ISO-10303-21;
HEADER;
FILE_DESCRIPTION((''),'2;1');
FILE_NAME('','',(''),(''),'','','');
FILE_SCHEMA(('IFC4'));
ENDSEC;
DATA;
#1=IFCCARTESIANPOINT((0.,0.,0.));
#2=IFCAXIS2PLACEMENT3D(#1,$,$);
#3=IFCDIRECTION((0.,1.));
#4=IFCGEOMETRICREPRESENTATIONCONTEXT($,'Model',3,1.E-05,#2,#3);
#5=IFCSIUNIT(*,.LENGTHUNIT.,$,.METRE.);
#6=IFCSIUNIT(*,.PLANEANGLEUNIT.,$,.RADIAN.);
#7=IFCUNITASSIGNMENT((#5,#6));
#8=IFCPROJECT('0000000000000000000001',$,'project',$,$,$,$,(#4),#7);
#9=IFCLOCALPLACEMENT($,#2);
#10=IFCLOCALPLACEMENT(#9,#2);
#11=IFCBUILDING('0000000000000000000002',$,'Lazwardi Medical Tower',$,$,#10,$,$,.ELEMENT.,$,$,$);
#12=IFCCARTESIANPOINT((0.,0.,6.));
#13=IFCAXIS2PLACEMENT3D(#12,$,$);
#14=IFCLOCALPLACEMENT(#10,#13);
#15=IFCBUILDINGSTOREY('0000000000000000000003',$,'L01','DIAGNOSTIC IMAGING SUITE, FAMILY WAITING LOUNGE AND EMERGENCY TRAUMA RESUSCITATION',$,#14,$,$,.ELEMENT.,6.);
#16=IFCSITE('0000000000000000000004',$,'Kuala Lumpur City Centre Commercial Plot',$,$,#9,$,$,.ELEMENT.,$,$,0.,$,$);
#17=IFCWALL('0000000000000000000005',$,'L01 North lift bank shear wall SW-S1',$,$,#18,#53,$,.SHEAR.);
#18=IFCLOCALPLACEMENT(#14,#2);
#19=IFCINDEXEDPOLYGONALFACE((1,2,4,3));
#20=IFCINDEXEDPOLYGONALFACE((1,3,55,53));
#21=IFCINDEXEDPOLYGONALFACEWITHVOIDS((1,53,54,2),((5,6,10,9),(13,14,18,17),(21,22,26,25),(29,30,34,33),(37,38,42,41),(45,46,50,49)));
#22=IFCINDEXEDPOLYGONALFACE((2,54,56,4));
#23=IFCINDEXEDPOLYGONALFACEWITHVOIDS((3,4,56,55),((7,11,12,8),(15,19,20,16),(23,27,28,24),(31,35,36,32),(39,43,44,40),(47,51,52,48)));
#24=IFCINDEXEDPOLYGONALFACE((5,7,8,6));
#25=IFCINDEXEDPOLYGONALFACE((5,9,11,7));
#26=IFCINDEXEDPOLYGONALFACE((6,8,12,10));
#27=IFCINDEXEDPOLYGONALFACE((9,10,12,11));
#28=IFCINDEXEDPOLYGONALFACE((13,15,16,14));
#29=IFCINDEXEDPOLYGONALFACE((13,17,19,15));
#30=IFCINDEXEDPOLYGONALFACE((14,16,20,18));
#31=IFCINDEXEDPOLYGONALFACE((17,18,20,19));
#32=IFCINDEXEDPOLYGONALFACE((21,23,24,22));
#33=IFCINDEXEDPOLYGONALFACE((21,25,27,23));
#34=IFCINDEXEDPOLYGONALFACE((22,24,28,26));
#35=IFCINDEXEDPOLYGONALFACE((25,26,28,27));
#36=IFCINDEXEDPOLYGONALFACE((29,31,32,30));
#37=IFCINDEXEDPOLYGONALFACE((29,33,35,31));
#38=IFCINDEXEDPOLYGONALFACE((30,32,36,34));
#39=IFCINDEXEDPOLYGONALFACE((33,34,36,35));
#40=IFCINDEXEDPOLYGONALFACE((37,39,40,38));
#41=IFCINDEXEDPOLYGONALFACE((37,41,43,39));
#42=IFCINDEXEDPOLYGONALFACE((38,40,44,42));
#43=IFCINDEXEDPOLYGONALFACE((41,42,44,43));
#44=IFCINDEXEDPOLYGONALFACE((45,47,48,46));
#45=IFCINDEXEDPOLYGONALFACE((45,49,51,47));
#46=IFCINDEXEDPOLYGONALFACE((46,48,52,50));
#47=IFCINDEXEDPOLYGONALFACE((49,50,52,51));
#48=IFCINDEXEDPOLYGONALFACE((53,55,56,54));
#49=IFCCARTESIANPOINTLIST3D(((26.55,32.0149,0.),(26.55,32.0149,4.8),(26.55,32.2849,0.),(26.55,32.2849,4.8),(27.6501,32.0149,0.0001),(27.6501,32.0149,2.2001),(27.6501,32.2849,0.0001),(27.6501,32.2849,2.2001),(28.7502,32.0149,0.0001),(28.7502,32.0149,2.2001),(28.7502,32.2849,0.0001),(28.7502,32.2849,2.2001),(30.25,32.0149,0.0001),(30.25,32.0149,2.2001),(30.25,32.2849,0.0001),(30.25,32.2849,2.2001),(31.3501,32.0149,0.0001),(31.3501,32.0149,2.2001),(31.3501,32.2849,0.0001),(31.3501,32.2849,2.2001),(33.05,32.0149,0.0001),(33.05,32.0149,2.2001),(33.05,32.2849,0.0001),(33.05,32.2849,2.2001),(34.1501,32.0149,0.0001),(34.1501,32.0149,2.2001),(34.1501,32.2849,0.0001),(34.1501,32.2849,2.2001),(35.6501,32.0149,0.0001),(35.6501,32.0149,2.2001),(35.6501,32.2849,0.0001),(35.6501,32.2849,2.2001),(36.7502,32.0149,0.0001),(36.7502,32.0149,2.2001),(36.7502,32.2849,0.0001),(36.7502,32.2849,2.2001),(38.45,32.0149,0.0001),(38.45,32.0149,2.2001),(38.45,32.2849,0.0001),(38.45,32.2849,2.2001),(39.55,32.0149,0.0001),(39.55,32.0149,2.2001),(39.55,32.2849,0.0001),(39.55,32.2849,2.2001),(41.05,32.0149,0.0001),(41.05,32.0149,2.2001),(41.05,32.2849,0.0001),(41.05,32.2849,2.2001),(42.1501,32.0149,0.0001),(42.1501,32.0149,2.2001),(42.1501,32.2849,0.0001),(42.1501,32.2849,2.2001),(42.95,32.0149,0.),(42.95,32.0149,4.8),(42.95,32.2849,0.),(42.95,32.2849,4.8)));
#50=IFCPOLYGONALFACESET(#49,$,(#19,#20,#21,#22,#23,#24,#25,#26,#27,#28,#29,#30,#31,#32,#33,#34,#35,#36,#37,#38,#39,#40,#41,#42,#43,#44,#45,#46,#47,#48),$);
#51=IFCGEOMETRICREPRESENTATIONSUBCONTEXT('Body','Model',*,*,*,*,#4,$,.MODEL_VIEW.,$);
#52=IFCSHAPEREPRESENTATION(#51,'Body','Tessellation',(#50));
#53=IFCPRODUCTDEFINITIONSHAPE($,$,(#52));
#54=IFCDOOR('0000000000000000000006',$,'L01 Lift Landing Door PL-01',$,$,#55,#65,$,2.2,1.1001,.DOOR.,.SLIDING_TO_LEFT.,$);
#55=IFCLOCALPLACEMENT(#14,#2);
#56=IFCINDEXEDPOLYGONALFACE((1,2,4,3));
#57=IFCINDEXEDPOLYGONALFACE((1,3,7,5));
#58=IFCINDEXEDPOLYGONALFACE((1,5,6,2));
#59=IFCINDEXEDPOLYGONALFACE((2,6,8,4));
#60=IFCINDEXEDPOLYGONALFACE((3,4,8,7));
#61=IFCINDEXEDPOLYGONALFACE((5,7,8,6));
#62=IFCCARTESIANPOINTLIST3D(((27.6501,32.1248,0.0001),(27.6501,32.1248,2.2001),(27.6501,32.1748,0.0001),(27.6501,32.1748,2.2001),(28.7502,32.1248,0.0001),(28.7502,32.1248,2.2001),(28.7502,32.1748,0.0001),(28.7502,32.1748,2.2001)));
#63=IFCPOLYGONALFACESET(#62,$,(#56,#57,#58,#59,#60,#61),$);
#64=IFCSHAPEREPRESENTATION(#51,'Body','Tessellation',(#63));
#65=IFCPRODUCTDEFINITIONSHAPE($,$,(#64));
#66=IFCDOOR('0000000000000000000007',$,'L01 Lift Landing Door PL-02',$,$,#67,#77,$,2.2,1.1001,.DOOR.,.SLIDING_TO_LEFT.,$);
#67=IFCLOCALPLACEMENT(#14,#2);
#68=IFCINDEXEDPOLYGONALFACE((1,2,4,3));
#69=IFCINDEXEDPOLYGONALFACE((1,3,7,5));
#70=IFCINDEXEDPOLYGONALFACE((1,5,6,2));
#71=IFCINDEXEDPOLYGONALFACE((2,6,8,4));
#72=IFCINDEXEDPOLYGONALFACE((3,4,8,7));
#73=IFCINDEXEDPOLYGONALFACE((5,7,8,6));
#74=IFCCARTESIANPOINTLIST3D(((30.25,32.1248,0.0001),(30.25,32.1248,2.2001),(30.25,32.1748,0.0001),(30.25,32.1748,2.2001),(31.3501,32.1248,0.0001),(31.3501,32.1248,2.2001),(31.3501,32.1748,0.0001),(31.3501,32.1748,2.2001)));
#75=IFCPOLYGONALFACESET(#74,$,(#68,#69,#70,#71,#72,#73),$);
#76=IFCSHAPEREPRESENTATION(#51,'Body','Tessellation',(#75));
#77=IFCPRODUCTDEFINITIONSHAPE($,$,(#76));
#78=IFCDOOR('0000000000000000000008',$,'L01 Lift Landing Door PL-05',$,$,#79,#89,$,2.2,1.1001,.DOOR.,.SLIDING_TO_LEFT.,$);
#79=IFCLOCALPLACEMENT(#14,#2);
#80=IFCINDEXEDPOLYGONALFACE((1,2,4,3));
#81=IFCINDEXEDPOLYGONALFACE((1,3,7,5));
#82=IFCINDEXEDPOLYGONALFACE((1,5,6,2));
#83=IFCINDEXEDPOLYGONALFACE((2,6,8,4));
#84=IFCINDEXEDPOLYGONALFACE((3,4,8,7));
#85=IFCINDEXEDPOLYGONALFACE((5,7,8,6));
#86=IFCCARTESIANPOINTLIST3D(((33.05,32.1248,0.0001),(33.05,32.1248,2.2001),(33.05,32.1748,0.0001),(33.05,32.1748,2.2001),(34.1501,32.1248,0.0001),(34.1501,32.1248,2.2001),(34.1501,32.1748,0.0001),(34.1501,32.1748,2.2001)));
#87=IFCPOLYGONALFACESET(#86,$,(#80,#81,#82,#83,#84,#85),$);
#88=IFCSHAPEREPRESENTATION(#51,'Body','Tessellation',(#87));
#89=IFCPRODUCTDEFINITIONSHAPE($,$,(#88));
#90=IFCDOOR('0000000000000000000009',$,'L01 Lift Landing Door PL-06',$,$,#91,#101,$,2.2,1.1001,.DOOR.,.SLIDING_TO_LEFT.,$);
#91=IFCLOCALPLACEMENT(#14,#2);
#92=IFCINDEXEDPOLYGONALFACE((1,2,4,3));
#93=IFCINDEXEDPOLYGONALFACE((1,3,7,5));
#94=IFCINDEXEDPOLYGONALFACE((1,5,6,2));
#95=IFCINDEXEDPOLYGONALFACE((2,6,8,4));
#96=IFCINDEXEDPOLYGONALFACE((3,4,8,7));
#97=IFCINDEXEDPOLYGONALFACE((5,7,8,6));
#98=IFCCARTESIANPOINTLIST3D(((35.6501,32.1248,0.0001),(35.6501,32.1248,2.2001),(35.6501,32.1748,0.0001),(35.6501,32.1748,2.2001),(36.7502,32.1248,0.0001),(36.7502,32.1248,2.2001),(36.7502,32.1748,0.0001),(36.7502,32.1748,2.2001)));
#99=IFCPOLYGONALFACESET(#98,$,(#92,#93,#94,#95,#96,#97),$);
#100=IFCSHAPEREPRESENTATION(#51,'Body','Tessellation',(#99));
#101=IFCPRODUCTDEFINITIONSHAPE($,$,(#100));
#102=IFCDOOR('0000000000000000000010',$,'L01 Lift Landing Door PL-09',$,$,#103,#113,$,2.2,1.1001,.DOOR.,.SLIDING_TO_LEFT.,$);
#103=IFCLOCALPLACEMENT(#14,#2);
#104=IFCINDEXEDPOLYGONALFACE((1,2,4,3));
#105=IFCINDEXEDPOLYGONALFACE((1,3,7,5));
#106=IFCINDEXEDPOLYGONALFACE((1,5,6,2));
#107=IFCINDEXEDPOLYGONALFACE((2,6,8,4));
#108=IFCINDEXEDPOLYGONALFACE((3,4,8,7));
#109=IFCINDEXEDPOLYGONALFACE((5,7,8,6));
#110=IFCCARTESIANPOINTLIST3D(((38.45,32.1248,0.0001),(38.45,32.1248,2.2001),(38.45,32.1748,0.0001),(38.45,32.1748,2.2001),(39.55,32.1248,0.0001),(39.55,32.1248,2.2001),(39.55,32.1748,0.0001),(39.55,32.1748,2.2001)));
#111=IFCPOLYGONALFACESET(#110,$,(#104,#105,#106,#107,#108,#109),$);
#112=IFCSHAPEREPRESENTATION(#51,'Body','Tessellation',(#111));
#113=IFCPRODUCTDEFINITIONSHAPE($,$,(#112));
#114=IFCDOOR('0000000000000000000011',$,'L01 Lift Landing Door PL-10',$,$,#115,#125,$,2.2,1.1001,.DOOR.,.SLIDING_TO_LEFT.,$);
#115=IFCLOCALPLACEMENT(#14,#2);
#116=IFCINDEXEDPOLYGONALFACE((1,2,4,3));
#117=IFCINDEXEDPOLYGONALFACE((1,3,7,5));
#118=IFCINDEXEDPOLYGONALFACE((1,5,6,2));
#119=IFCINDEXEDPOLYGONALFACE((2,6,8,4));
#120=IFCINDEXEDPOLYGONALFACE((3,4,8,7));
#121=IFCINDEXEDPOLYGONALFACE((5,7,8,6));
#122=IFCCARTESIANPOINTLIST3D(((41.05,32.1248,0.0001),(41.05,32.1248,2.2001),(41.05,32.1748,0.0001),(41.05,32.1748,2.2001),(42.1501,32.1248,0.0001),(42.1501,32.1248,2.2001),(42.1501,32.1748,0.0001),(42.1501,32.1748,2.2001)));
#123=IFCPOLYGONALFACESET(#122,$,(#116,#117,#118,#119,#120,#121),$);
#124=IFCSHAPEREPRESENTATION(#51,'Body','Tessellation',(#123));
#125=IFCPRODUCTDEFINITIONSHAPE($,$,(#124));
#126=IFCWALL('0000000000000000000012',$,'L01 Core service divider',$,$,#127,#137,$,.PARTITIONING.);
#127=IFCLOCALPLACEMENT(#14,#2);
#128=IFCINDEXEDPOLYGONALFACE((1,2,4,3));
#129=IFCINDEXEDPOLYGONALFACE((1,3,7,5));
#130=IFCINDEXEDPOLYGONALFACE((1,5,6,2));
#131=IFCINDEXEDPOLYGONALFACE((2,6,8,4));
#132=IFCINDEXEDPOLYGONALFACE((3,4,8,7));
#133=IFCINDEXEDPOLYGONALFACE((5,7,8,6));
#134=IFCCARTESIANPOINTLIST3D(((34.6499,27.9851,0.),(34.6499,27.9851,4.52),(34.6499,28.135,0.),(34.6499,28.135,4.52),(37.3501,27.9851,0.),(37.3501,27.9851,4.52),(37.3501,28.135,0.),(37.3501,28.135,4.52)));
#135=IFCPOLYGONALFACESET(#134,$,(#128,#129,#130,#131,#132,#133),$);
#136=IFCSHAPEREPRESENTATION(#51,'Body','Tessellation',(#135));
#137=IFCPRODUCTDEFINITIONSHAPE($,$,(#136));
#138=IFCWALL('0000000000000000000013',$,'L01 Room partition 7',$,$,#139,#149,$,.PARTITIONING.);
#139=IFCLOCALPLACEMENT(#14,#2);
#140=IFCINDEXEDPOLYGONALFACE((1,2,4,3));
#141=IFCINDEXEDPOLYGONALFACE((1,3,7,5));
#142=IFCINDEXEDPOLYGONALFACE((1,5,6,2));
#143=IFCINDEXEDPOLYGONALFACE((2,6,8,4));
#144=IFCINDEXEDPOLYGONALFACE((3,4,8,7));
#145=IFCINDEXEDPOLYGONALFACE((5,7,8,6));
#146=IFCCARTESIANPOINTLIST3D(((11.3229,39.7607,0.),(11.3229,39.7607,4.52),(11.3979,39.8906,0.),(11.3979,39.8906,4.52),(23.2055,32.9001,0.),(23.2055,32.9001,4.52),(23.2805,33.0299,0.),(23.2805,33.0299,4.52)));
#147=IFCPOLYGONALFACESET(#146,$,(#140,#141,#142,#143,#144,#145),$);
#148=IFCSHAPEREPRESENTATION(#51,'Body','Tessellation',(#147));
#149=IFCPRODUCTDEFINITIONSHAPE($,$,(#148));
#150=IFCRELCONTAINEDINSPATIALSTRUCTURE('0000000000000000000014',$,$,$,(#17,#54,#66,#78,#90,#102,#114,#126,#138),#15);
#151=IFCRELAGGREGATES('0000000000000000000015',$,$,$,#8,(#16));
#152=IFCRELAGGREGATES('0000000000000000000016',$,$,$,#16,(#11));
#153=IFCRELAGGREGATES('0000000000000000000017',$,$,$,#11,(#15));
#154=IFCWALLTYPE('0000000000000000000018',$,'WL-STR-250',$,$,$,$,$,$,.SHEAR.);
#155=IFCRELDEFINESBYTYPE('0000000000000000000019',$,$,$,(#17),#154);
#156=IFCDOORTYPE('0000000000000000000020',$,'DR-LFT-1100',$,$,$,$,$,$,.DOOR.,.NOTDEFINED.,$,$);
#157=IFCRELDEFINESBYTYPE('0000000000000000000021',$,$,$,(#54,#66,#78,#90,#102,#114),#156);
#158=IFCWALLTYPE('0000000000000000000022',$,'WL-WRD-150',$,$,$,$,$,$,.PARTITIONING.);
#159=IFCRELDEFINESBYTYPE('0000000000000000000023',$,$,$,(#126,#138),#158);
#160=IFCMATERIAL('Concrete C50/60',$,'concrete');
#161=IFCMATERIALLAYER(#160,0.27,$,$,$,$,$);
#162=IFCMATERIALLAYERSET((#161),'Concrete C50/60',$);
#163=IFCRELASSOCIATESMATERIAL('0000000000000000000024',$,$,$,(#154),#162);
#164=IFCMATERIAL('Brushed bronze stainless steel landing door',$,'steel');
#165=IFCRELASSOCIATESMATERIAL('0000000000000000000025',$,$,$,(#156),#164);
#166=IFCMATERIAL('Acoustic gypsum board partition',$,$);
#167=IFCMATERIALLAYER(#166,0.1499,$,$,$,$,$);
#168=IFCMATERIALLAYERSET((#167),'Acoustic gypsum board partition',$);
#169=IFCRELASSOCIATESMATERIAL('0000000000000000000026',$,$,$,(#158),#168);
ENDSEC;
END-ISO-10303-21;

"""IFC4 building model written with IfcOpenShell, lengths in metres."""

from ifc_helpers import new_model, si_unit, direction, frame, frame_2d, origin, place, context, subcontext, project, spatial, rectangle, extrude, material, layer, layer_set, type_object, element, fill, save


model = new_model("IFC4")

# Units and contexts
model_context = context("Model", 3, precision=1e-05, world=origin(), true_north=direction((0.0, 1.0)))
body_context = subcontext(model_context, "Body", "Model", "MODEL_VIEW")
ifc_project = project(units=[si_unit("LENGTHUNIT", "METRE"), si_unit("PLANEANGLEUNIT", "RADIAN")], contexts=[model_context])

# Site, building, storey
site_placement = place(None, origin())
site = spatial("IfcSite", under=ifc_project, at=site_placement, Name="Kuala Lumpur City Centre Commercial Plot", CompositionType="ELEMENT", RefElevation=0.0)
building_placement = place(site_placement, origin())
building = spatial("IfcBuilding", under=site, at=building_placement, Name="Lazwardi Medical Tower", CompositionType="ELEMENT")
storey_placement = place(building_placement, frame((0.0, 0.0, 6.0)))
storey = spatial("IfcBuildingStorey", under=building, at=storey_placement, Name="L01", Description="DIAGNOSTIC IMAGING SUITE, FAMILY WAITING LOUNGE AND EMERGENCY TRAUMA RESUSCITATION", CompositionType="ELEMENT", Elevation=6.0)

# Shared definitions
ifc_material_1 = material(Name="Concrete C50/60", Category="concrete")
ifc_layer_1 = layer(ifc_material_1, 0.27)
ifc_layer_set_1 = layer_set([ifc_layer_1], Name="Concrete C50/60")
wall_type_1 = type_object("IfcWallType", Name="WL-STR-250", PredefinedType="SHEAR", material=ifc_layer_set_1)

# Wall, openings, doors
wall_1_placement = place(storey_placement, frame((26.55, 32.1499, 0.0), z_axis=(0.0, 0.0, 1.0), x_axis=(1.0, 0.0, 0.0)))
wall_1 = element("IfcWall", 1, at=wall_1_placement, inside=storey, type_object=wall_type_1, Name="L01 North lift bank shear wall SW-S1", PredefinedType="SHEAR", context=body_context, shape_type="SweptSolid", body=[
    extrude(rectangle(XDim=16.3999, YDim=0.27, at=frame_2d((8.2, 0.0))), origin(), (0.0, 0.0, 1.0), 4.8),
])
opening_1_placement = place(wall_1_placement, frame((1.1001, 0.0, 0.0)))
opening_1 = element("IfcOpeningElement", 2, at=opening_1_placement, cuts=wall_1, PredefinedType="OPENING", context=body_context, shape_type="SweptSolid", body=[
    extrude(rectangle(XDim=1.1001, YDim=2.2, at=frame_2d((0.55, 1.1001))), frame((0.0, 0.145, 0.0), z_axis=(0.0, -1.0, 0.0), x_axis=(1.0, 0.0, 0.0)), (0.0, 0.0, 1.0), 0.29),
])
opening_2_placement = place(wall_1_placement, frame((3.7, 0.0, 0.0)))
opening_2 = element("IfcOpeningElement", 3, at=opening_2_placement, cuts=wall_1, PredefinedType="OPENING", context=body_context, shape_type="SweptSolid", body=[
    extrude(rectangle(XDim=1.1001, YDim=2.2, at=frame_2d((0.55, 1.1001))), frame((0.0, 0.145, 0.0), z_axis=(0.0, -1.0, 0.0), x_axis=(1.0, 0.0, 0.0)), (0.0, 0.0, 1.0), 0.29),
])
opening_3_placement = place(wall_1_placement, frame((6.5, 0.0, 0.0)))
opening_3 = element("IfcOpeningElement", 4, at=opening_3_placement, cuts=wall_1, PredefinedType="OPENING", context=body_context, shape_type="SweptSolid", body=[
    extrude(rectangle(XDim=1.1001, YDim=2.2, at=frame_2d((0.55, 1.1001))), frame((0.0, 0.145, 0.0), z_axis=(0.0, -1.0, 0.0), x_axis=(1.0, 0.0, 0.0)), (0.0, 0.0, 1.0), 0.29),
])
opening_4_placement = place(wall_1_placement, frame((9.1001, 0.0, 0.0)))
opening_4 = element("IfcOpeningElement", 5, at=opening_4_placement, cuts=wall_1, PredefinedType="OPENING", context=body_context, shape_type="SweptSolid", body=[
    extrude(rectangle(XDim=1.1001, YDim=2.2, at=frame_2d((0.55, 1.1001))), frame((0.0, 0.145, 0.0), z_axis=(0.0, -1.0, 0.0), x_axis=(1.0, 0.0, 0.0)), (0.0, 0.0, 1.0), 0.29),
])
opening_5_placement = place(wall_1_placement, frame((11.8999, 0.0, 0.0)))
opening_5 = element("IfcOpeningElement", 6, at=opening_5_placement, cuts=wall_1, PredefinedType="OPENING", context=body_context, shape_type="SweptSolid", body=[
    extrude(rectangle(XDim=1.1001, YDim=2.2, at=frame_2d((0.55, 1.1001))), frame((0.0, 0.145, 0.0), z_axis=(0.0, -1.0, 0.0), x_axis=(1.0, 0.0, 0.0)), (0.0, 0.0, 1.0), 0.29),
])
opening_6_placement = place(wall_1_placement, frame((14.5, 0.0, 0.0)))
opening_6 = element("IfcOpeningElement", 7, at=opening_6_placement, cuts=wall_1, PredefinedType="OPENING", context=body_context, shape_type="SweptSolid", body=[
    extrude(rectangle(XDim=1.1001, YDim=2.2, at=frame_2d((0.55, 1.1001))), frame((0.0, 0.145, 0.0), z_axis=(0.0, -1.0, 0.0), x_axis=(1.0, 0.0, 0.0)), (0.0, 0.0, 1.0), 0.29),
])
ifc_material_2 = material(Name="Brushed bronze stainless steel landing door", Category="steel")
door_type_1 = type_object("IfcDoorType", Name="DR-LFT-1100", OperationType="NOTDEFINED", PredefinedType="DOOR", material=ifc_material_2)
door_1_placement = place(opening_1_placement, origin())
door_1 = element("IfcDoor", 8, at=door_1_placement, inside=storey, type_object=door_type_1, Name="L01 Lift Landing Door PL-01", OperationType="SLIDING_TO_LEFT", OverallHeight=2.2, OverallWidth=1.1001, PredefinedType="DOOR", context=body_context, shape_type="SweptSolid", body=[
    extrude(rectangle(XDim=1.1001, YDim=2.2, at=frame_2d((0.55, 1.1001))), frame((0.0, 0.0249, 0.0), z_axis=(0.0, -1.0, 0.0), x_axis=(1.0, 0.0, 0.0)), (0.0, 0.0, 1.0), 0.05),
])
fill(opening_1, door_1)
door_2_placement = place(opening_2_placement, origin())
door_2 = element("IfcDoor", 9, at=door_2_placement, inside=storey, type_object=door_type_1, Name="L01 Lift Landing Door PL-02", OperationType="SLIDING_TO_LEFT", OverallHeight=2.2, OverallWidth=1.1001, PredefinedType="DOOR", context=body_context, shape_type="SweptSolid", body=[
    extrude(rectangle(XDim=1.1001, YDim=2.2, at=frame_2d((0.55, 1.1001))), frame((0.0, 0.0249, 0.0), z_axis=(0.0, -1.0, 0.0), x_axis=(1.0, 0.0, 0.0)), (0.0, 0.0, 1.0), 0.05),
])
fill(opening_2, door_2)
door_3_placement = place(opening_3_placement, origin())
door_3 = element("IfcDoor", 10, at=door_3_placement, inside=storey, type_object=door_type_1, Name="L01 Lift Landing Door PL-05", OperationType="SLIDING_TO_LEFT", OverallHeight=2.2, OverallWidth=1.1001, PredefinedType="DOOR", context=body_context, shape_type="SweptSolid", body=[
    extrude(rectangle(XDim=1.1001, YDim=2.2, at=frame_2d((0.55, 1.1001))), frame((0.0, 0.0249, 0.0), z_axis=(0.0, -1.0, 0.0), x_axis=(1.0, 0.0, 0.0)), (0.0, 0.0, 1.0), 0.05),
])
fill(opening_3, door_3)
door_4_placement = place(opening_4_placement, origin())
door_4 = element("IfcDoor", 11, at=door_4_placement, inside=storey, type_object=door_type_1, Name="L01 Lift Landing Door PL-06", OperationType="SLIDING_TO_LEFT", OverallHeight=2.2, OverallWidth=1.1001, PredefinedType="DOOR", context=body_context, shape_type="SweptSolid", body=[
    extrude(rectangle(XDim=1.1001, YDim=2.2, at=frame_2d((0.55, 1.1001))), frame((0.0, 0.0249, 0.0), z_axis=(0.0, -1.0, 0.0), x_axis=(1.0, 0.0, 0.0)), (0.0, 0.0, 1.0), 0.05),
])
fill(opening_4, door_4)
door_5_placement = place(opening_5_placement, origin())
door_5 = element("IfcDoor", 12, at=door_5_placement, inside=storey, type_object=door_type_1, Name="L01 Lift Landing Door PL-09", OperationType="SLIDING_TO_LEFT", OverallHeight=2.2, OverallWidth=1.1001, PredefinedType="DOOR", context=body_context, shape_type="SweptSolid", body=[
    extrude(rectangle(XDim=1.1001, YDim=2.2, at=frame_2d((0.55, 1.1001))), frame((0.0, 0.0249, 0.0), z_axis=(0.0, -1.0, 0.0), x_axis=(1.0, 0.0, 0.0)), (0.0, 0.0, 1.0), 0.05),
])
fill(opening_5, door_5)
door_6_placement = place(opening_6_placement, origin())
door_6 = element("IfcDoor", 13, at=door_6_placement, inside=storey, type_object=door_type_1, Name="L01 Lift Landing Door PL-10", OperationType="SLIDING_TO_LEFT", OverallHeight=2.2, OverallWidth=1.1001, PredefinedType="DOOR", context=body_context, shape_type="SweptSolid", body=[
    extrude(rectangle(XDim=1.1001, YDim=2.2, at=frame_2d((0.55, 1.1001))), frame((0.0, 0.0249, 0.0), z_axis=(0.0, -1.0, 0.0), x_axis=(1.0, 0.0, 0.0)), (0.0, 0.0, 1.0), 0.05),
])
fill(opening_6, door_6)

# Walls
ifc_material_3 = material(Name="Acoustic gypsum board partition")
ifc_layer_2 = layer(ifc_material_3, 0.1499)
ifc_layer_set_2 = layer_set([ifc_layer_2], Name="Acoustic gypsum board partition")
wall_type_2 = type_object("IfcWallType", Name="WL-WRD-150", PredefinedType="PARTITIONING", material=ifc_layer_set_2)
wall_2_placement = place(storey_placement, frame((34.6499, 28.0601, 0.0), z_axis=(0.0, 0.0, 1.0), x_axis=(1.0, 0.0, 0.0)))
element("IfcWall", 14, at=wall_2_placement, inside=storey, type_object=wall_type_2, Name="L01 Core service divider", PredefinedType="PARTITIONING", context=body_context, shape_type="SweptSolid", body=[
    extrude(rectangle(XDim=2.7002, YDim=0.1499, at=frame_2d((1.3501, 0.0))), origin(), (0.0, 0.0, 1.0), 4.52),
])
wall_3_placement = place(storey_placement, frame((23.2429, 32.9651, 0.0), z_axis=(0.0, 0.0, 1.0), x_axis=(-0.866019, 0.50001, 0.0)))
element("IfcWall", 15, at=wall_3_placement, inside=storey, type_object=wall_type_2, Name="L01 Room partition 7", PredefinedType="PARTITIONING", context=body_context, shape_type="SweptSolid", body=[
    extrude(rectangle(XDim=13.7209, YDim=0.1499, at=frame_2d((6.8604, 0.0))), origin(), (0.0, 0.0, 1.0), 4.52),
])

save(model, "model.ifc")
